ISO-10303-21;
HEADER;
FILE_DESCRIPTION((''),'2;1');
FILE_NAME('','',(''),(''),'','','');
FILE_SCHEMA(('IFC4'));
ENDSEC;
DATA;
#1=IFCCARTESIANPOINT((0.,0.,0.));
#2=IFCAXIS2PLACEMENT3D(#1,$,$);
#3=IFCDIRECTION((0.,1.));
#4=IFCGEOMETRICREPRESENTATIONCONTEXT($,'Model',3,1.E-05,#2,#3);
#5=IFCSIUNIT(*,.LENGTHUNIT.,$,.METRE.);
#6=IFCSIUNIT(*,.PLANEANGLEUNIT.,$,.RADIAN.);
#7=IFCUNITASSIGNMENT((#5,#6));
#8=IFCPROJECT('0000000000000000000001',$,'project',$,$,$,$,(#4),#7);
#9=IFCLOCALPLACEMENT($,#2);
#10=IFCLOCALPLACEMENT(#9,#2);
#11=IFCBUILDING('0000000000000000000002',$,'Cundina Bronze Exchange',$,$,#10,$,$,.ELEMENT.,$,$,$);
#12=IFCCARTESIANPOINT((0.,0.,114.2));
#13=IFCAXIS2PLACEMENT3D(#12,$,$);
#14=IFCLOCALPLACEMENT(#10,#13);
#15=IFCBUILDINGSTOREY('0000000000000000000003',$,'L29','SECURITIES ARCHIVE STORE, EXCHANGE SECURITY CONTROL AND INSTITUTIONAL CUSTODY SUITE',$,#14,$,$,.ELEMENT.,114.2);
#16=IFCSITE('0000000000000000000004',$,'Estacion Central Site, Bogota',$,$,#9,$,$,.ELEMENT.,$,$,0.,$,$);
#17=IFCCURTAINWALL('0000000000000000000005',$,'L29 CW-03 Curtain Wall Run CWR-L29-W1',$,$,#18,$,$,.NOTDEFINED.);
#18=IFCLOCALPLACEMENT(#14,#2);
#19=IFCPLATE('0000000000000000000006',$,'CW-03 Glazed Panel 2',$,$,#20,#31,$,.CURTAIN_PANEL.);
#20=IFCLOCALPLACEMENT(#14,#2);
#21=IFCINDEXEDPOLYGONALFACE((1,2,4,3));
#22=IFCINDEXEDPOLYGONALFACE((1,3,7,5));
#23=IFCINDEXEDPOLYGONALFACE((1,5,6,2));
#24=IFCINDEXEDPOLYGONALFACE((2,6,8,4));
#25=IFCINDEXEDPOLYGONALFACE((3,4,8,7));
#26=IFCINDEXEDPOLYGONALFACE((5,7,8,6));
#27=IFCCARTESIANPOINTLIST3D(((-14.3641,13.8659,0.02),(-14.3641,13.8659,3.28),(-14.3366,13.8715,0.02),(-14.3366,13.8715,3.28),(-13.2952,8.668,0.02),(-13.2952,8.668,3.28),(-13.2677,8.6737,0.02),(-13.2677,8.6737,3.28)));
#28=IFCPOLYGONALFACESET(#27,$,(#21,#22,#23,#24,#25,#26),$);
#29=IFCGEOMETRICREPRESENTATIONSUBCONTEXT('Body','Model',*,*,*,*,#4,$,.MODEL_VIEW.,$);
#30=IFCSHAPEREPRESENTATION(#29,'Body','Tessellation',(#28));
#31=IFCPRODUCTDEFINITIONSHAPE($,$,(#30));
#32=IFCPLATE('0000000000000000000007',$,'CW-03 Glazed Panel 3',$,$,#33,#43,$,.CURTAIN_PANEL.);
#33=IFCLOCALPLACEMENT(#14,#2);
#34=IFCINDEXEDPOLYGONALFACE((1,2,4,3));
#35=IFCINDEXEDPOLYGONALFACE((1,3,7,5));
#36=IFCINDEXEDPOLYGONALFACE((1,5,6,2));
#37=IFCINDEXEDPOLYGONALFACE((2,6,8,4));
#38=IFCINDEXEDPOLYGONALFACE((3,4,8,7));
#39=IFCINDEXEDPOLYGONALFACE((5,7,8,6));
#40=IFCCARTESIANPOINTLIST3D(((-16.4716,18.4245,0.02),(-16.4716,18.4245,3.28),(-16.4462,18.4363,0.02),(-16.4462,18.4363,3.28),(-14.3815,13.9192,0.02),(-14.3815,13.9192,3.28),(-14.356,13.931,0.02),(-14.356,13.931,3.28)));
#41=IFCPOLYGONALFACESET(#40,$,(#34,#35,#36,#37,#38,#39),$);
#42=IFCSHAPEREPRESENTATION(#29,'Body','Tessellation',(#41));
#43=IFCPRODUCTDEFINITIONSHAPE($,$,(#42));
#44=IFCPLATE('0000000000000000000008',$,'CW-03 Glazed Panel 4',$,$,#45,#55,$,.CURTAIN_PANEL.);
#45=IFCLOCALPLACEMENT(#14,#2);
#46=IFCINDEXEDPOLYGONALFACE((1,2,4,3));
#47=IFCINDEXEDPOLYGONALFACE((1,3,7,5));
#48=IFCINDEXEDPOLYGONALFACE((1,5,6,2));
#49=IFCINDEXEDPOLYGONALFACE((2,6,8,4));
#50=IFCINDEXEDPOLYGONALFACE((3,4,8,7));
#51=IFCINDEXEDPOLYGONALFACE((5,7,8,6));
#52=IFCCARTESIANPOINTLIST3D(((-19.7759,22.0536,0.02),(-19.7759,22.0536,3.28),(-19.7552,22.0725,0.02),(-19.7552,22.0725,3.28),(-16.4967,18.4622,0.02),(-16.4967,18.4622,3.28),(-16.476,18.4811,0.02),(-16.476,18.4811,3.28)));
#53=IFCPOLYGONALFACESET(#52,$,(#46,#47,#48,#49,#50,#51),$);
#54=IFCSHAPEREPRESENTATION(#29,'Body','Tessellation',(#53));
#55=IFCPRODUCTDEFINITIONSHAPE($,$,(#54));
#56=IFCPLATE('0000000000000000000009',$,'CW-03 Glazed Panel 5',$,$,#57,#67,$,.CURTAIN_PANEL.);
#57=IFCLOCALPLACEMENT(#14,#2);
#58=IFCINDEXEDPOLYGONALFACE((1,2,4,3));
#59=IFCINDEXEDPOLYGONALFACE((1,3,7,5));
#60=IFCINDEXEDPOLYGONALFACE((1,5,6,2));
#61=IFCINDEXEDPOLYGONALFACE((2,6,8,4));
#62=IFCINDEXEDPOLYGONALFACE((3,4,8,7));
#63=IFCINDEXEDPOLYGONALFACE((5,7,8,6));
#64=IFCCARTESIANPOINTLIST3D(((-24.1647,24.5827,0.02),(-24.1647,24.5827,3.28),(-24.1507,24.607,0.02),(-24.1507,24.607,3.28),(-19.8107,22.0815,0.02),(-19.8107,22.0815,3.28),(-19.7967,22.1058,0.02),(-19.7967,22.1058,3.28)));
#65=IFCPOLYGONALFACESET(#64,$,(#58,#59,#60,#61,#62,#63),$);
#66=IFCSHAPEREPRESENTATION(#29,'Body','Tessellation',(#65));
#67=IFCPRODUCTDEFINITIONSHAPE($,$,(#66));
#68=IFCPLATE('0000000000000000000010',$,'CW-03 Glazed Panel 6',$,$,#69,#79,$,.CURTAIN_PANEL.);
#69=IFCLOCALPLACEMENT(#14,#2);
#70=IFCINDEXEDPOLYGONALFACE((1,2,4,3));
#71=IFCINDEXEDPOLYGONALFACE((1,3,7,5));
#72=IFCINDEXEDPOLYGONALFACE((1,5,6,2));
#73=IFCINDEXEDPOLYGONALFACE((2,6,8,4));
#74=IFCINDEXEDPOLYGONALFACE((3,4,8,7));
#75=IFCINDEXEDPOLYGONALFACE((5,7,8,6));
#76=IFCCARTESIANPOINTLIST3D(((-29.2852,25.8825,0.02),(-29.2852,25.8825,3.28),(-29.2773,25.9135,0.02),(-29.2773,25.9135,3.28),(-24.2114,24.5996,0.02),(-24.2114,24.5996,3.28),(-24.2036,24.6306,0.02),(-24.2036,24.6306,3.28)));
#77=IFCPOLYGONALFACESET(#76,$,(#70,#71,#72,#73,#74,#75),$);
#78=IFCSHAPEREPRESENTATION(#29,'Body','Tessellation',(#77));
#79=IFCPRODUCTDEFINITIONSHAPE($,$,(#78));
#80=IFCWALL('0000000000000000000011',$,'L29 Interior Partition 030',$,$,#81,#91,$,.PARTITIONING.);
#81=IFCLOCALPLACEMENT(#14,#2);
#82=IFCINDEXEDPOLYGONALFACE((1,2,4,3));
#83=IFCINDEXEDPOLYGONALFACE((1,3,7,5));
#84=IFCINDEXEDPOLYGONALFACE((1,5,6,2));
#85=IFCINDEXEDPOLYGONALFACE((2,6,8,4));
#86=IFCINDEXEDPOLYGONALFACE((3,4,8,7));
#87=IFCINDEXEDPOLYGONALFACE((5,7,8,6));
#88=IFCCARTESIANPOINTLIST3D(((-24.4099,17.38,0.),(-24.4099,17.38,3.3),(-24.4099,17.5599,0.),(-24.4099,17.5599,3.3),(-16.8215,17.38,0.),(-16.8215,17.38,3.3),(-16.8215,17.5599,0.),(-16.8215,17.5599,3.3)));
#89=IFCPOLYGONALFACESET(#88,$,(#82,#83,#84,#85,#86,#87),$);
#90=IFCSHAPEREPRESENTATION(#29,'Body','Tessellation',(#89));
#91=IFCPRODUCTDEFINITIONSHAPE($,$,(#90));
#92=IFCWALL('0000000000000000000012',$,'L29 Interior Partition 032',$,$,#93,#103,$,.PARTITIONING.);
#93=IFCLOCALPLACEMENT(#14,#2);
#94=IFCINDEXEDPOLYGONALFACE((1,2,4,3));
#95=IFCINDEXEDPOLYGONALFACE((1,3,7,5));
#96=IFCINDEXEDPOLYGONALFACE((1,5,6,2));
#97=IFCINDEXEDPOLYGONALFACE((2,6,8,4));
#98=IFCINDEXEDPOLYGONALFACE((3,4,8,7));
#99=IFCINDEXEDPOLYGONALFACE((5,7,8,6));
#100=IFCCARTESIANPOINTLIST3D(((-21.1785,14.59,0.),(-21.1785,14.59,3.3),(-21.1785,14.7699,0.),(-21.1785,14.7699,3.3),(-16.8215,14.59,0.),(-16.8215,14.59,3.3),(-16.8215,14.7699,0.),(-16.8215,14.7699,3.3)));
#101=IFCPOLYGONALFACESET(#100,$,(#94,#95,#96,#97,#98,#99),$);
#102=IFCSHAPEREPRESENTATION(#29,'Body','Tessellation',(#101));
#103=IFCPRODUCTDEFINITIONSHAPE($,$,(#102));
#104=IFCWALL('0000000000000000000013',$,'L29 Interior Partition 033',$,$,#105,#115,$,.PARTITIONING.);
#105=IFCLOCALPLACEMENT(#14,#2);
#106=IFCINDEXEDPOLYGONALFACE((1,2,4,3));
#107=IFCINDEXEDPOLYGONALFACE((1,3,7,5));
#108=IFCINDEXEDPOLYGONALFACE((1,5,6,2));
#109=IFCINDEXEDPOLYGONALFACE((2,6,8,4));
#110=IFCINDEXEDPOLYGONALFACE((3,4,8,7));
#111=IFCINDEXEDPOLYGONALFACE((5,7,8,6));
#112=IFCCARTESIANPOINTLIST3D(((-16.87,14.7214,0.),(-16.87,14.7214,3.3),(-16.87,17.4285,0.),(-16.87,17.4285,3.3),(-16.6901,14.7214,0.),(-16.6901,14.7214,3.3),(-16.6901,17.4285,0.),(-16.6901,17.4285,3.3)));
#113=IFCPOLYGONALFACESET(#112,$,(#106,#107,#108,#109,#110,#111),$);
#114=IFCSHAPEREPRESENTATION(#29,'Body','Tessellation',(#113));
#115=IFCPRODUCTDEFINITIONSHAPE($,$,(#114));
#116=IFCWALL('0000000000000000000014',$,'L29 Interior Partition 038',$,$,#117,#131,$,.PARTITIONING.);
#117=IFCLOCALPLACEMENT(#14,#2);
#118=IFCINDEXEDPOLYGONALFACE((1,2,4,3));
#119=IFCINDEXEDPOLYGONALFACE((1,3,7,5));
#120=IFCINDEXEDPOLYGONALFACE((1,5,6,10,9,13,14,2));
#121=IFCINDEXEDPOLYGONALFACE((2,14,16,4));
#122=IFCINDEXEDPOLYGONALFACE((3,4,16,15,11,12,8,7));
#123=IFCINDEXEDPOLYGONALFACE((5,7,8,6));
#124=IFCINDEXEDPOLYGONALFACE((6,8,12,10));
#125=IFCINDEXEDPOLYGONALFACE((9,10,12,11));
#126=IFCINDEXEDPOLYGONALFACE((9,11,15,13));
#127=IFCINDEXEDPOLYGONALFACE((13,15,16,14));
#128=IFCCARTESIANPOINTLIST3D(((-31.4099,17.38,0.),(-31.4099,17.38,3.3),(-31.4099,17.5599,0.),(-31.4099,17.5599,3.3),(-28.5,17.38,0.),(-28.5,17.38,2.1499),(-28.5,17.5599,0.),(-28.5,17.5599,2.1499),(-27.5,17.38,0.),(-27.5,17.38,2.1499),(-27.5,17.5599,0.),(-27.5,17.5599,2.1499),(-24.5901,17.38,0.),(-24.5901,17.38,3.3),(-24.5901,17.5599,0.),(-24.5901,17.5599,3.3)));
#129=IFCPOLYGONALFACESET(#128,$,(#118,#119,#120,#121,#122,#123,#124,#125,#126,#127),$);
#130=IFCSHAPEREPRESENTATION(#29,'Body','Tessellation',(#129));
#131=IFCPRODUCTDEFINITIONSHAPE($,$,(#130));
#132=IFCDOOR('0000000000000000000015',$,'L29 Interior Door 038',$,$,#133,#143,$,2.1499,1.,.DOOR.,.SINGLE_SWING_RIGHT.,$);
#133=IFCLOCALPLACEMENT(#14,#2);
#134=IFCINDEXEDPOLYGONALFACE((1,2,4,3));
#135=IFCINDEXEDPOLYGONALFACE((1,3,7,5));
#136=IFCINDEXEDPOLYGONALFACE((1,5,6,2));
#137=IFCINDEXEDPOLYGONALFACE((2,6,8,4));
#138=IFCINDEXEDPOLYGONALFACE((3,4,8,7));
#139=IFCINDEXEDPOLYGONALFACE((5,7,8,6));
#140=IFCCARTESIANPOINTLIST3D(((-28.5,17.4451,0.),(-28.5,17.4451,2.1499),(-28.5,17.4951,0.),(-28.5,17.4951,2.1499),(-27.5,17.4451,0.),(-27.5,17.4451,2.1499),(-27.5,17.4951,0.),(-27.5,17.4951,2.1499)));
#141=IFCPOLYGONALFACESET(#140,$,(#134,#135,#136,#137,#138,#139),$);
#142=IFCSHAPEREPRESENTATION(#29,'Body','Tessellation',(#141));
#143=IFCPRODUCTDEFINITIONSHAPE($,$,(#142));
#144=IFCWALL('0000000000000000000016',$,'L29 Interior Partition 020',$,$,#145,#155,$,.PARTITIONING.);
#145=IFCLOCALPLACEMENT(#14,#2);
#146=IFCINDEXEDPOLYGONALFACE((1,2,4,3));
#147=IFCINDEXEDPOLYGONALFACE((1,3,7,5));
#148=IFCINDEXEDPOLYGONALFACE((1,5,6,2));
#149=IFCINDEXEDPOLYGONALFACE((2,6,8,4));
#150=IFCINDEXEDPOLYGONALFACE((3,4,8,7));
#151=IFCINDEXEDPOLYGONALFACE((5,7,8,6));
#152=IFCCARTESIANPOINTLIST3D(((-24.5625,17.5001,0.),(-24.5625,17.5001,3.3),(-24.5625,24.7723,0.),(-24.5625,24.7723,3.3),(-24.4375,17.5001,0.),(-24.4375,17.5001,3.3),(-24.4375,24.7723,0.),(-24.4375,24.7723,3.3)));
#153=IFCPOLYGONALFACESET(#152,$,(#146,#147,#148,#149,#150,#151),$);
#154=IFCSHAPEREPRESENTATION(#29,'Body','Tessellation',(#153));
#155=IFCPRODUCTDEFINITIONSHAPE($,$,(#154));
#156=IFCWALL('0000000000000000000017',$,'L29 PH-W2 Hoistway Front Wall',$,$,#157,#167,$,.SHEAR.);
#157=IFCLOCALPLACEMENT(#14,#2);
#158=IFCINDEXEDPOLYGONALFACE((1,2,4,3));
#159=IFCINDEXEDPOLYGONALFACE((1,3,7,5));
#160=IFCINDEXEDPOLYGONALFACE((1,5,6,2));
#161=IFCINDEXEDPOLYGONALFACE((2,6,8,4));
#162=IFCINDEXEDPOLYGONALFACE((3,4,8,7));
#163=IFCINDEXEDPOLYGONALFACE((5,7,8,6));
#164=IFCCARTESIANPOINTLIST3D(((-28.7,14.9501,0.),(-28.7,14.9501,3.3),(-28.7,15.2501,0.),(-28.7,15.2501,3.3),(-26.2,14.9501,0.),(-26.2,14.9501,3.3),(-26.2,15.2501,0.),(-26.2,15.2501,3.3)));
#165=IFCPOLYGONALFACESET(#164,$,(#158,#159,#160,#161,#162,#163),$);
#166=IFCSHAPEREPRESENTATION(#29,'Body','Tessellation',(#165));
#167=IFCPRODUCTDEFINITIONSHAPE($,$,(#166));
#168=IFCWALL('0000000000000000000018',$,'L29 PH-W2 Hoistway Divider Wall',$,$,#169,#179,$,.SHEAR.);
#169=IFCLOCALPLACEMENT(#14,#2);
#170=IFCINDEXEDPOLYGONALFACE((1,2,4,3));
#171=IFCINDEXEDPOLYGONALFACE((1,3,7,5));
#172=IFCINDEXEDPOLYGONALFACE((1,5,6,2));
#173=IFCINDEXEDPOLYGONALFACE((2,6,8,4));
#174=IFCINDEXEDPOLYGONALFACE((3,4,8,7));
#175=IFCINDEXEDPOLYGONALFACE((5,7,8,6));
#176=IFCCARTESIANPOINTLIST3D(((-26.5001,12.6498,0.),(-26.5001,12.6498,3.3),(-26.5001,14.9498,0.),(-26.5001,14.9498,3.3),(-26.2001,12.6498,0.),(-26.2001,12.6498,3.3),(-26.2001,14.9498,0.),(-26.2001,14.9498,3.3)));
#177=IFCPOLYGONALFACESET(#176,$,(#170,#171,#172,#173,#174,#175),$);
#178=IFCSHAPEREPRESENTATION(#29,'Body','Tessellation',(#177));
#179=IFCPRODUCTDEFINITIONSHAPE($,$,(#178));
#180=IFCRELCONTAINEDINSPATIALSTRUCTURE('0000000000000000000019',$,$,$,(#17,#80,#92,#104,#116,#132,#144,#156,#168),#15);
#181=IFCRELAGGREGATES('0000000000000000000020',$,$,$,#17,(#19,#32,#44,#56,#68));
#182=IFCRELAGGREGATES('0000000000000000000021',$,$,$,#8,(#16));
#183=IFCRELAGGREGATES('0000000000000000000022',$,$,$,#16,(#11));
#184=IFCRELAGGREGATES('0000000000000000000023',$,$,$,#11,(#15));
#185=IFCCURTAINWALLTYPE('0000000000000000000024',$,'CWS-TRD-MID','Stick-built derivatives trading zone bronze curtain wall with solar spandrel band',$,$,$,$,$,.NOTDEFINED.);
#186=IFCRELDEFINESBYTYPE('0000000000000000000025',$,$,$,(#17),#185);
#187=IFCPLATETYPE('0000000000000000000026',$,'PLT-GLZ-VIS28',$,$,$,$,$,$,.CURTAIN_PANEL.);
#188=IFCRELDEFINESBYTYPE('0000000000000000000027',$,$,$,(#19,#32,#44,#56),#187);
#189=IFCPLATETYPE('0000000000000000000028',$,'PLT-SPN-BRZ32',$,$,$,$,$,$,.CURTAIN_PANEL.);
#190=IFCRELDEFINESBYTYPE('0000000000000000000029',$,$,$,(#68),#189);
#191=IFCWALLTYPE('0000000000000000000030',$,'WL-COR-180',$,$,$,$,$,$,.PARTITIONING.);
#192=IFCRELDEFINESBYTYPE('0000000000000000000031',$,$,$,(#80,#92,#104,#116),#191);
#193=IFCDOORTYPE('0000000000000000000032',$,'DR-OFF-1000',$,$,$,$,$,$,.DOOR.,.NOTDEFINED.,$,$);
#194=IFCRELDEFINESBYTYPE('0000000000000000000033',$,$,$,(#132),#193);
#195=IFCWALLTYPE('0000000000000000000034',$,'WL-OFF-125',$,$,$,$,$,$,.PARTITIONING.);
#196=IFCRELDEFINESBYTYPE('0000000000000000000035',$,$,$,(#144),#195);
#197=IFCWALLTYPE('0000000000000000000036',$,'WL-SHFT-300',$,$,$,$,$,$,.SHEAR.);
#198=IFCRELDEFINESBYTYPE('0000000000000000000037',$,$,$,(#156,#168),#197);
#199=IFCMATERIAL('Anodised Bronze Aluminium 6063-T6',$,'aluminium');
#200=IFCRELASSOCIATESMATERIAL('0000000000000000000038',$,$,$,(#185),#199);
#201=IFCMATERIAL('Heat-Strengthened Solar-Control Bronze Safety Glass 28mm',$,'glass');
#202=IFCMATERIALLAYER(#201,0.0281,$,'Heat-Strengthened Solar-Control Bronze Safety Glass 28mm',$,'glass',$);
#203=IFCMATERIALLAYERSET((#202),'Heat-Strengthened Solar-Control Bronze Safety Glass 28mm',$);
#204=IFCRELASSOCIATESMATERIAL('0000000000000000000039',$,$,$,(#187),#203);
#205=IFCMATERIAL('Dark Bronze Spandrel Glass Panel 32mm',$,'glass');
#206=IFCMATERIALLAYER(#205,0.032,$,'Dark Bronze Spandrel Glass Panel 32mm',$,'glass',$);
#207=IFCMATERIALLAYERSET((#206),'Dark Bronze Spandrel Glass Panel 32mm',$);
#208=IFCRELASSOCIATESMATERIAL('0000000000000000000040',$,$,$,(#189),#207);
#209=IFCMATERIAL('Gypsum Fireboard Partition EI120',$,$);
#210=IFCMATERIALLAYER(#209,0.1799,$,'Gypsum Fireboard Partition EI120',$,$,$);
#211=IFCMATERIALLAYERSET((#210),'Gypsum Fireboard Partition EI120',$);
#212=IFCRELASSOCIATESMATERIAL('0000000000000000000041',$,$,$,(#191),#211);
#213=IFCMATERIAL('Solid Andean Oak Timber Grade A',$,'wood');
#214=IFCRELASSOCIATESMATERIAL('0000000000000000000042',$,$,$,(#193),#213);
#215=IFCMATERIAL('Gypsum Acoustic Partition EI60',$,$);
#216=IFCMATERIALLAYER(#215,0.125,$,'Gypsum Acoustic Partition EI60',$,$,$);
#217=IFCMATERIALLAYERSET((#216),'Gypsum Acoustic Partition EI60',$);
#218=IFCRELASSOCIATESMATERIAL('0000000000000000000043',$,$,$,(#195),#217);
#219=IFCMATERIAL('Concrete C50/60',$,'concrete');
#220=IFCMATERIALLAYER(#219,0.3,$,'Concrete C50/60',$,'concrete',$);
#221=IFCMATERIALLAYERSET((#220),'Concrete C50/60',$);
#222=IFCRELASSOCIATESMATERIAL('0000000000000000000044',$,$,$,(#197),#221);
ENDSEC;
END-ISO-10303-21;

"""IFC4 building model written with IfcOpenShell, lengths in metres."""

from ifc_helpers import new_model, si_unit, direction, frame, frame_2d, origin, origin_2d, place, context, subcontext, project, spatial, rectangle, extrude, material, layer, layer_set, type_object, element, fill, aggregate, save


model = new_model("IFC4")

# Units and contexts
model_context = context("Model", 3, precision=1e-05, world=origin(), true_north=direction((0.0, 1.0)))
body_context = subcontext(model_context, "Body", "Model", "MODEL_VIEW")
ifc_project = project(units=[si_unit("LENGTHUNIT", "METRE"), si_unit("PLANEANGLEUNIT", "RADIAN")], contexts=[model_context])

# Site, building, storey
site_placement = place(None, origin())
site = spatial("IfcSite", under=ifc_project, at=site_placement, Name="Estacion Central Site, Bogota", CompositionType="ELEMENT", RefElevation=0.0)
building_placement = place(site_placement, origin())
building = spatial("IfcBuilding", under=site, at=building_placement, Name="Cundina Bronze Exchange", CompositionType="ELEMENT")
storey_placement = place(building_placement, frame((0.0, 0.0, 114.2)))
storey = spatial("IfcBuildingStorey", under=building, at=storey_placement, Name="L29", Description="SECURITIES ARCHIVE STORE, EXCHANGE SECURITY CONTROL AND INSTITUTIONAL CUSTODY SUITE", CompositionType="ELEMENT", Elevation=114.2)

# Curtain wall, plates
ifc_material_1 = material(Name="Anodised Bronze Aluminium 6063-T6", Category="aluminium")
curtain_wall_type = type_object("IfcCurtainWallType", Name="CWS-TRD-MID", Description="Stick-built derivatives trading zone bronze curtain wall with solar spandrel band", PredefinedType="NOTDEFINED", material=ifc_material_1)
curtain_wall_placement = place(storey_placement, origin())
curtain_wall = element("IfcCurtainWall", 1, at=curtain_wall_placement, inside=storey, type_object=curtain_wall_type, Name="L29 CW-03 Curtain Wall Run CWR-L29-W1", PredefinedType="NOTDEFINED")
ifc_material_2 = material(Name="Heat-Strengthened Solar-Control Bronze Safety Glass 28mm", Category="glass")
ifc_layer_1 = layer(ifc_material_2, 0.0281, Name="Heat-Strengthened Solar-Control Bronze Safety Glass 28mm", Category="glass")
ifc_layer_set_1 = layer_set([ifc_layer_1], Name="Heat-Strengthened Solar-Control Bronze Safety Glass 28mm")
plate_type_1 = type_object("IfcPlateType", Name="PLT-GLZ-VIS28", PredefinedType="CURTAIN_PANEL", material=ifc_layer_set_1)
plate_1_placement = place(storey_placement, frame((-13.8159, 11.2698, 0.02), z_axis=(0.0, 0.0, 1.0), x_axis=(-0.20142, 0.979505, 0.0)))
plate_1 = element("IfcPlate", 2, at=plate_1_placement, type_object=plate_type_1, Name="CW-03 Glazed Panel 2", PredefinedType="CURTAIN_PANEL", context=body_context, shape_type="SweptSolid", body=[
    extrude(rectangle(XDim=5.3066, YDim=0.0281, at=origin_2d()), origin(), (0.0, 0.0, 1.0), 3.26),
])
plate_2_placement = place(storey_placement, frame((-15.4138, 16.1777, 0.02), z_axis=(0.0, 0.0, 1.0), x_axis=(-0.420846, 0.907132, 0.0)))
plate_2 = element("IfcPlate", 3, at=plate_2_placement, type_object=plate_type_1, Name="CW-03 Glazed Panel 3", PredefinedType="CURTAIN_PANEL", context=body_context, shape_type="SweptSolid", body=[
    extrude(rectangle(XDim=4.9666, YDim=0.0281, at=origin_2d()), origin(), (0.0, 0.0, 1.0), 3.26),
])
plate_3_placement = place(storey_placement, frame((-18.126, 20.2673, 0.02), z_axis=(0.0, 0.0, 1.0), x_axis=(-0.674277, 0.738479, 0.0)))
plate_3 = element("IfcPlate", 4, at=plate_3_placement, type_object=plate_type_1, Name="CW-03 Glazed Panel 4", PredefinedType="CURTAIN_PANEL", context=body_context, shape_type="SweptSolid", body=[
    extrude(rectangle(XDim=4.8633, YDim=0.0281, at=origin_2d()), origin(), (0.0, 0.0, 1.0), 3.26),
])
plate_4_placement = place(storey_placement, frame((-21.9807, 23.3442, 0.02), z_axis=(0.0, 0.0, 1.0), x_axis=(-0.867105, 0.498125, 0.0)))
plate_4 = element("IfcPlate", 5, at=plate_4_placement, type_object=plate_type_1, Name="CW-03 Glazed Panel 5", PredefinedType="CURTAIN_PANEL", context=body_context, shape_type="SweptSolid", body=[
    extrude(rectangle(XDim=5.0212, YDim=0.0281, at=origin_2d()), origin(), (0.0, 0.0, 1.0), 3.26),
])
ifc_material_3 = material(Name="Dark Bronze Spandrel Glass Panel 32mm", Category="glass")
ifc_layer_2 = layer(ifc_material_3, 0.032, Name="Dark Bronze Spandrel Glass Panel 32mm", Category="glass")
ifc_layer_set_2 = layer_set([ifc_layer_2], Name="Dark Bronze Spandrel Glass Panel 32mm")
plate_type_2 = type_object("IfcPlateType", Name="PLT-SPN-BRZ32", PredefinedType="CURTAIN_PANEL", material=ifc_layer_set_2)
plate_5_placement = place(storey_placement, frame((-26.7444, 25.2566, 0.02), z_axis=(0.0, 0.0, 1.0), x_axis=(-0.969488, 0.245138, 0.0)))
plate_5 = element("IfcPlate", 6, at=plate_5_placement, type_object=plate_type_2, Name="CW-03 Glazed Panel 6", PredefinedType="CURTAIN_PANEL", context=body_context, shape_type="SweptSolid", body=[
    extrude(rectangle(XDim=5.2334, YDim=0.032, at=origin_2d()), origin(), (0.0, 0.0, 1.0), 3.26),
])
aggregate(curtain_wall, [plate_1, plate_2, plate_3, plate_4, plate_5])

# Walls
ifc_material_4 = material(Name="Gypsum Fireboard Partition EI120")
ifc_layer_3 = layer(ifc_material_4, 0.1799, Name="Gypsum Fireboard Partition EI120")
ifc_layer_set_3 = layer_set([ifc_layer_3], Name="Gypsum Fireboard Partition EI120")
wall_type_1 = type_object("IfcWallType", Name="WL-COR-180", PredefinedType="PARTITIONING", material=ifc_layer_set_3)
wall_1_placement = place(storey_placement, frame((-16.8215, 17.47, 0.0), z_axis=(0.0, 0.0, 1.0), x_axis=(-1.0, 0.0, 0.0)))
element("IfcWall", 7, at=wall_1_placement, inside=storey, type_object=wall_type_1, Name="L29 Interior Partition 030", PredefinedType="PARTITIONING", context=body_context, shape_type="SweptSolid", body=[
    extrude(rectangle(XDim=7.5884, YDim=0.1799, at=frame_2d((3.7942, 0.0))), origin(), (0.0, 0.0, 1.0), 3.3),
])
wall_2_placement = place(storey_placement, frame((-21.1785, 14.6799, 0.0), z_axis=(0.0, 0.0, 1.0), x_axis=(1.0, 0.0, 0.0)))
element("IfcWall", 8, at=wall_2_placement, inside=storey, type_object=wall_type_1, Name="L29 Interior Partition 032", PredefinedType="PARTITIONING", context=body_context, shape_type="SweptSolid", body=[
    extrude(rectangle(XDim=4.3569, YDim=0.1799, at=frame_2d((2.1785, 0.0))), origin(), (0.0, 0.0, 1.0), 3.3),
])
wall_3_placement = place(storey_placement, frame((-16.78, 14.7214, 0.0), z_axis=(0.0, 0.0, 1.0), x_axis=(0.0, 1.0, 0.0)))
element("IfcWall", 9, at=wall_3_placement, inside=storey, type_object=wall_type_1, Name="L29 Interior Partition 033", PredefinedType="PARTITIONING", context=body_context, shape_type="SweptSolid", body=[
    extrude(rectangle(XDim=2.707, YDim=0.1799, at=frame_2d((1.3535, 0.0))), origin(), (0.0, 0.0, 1.0), 3.3),
])

# Wall, opening, door
wall_4_placement = place(storey_placement, frame((-24.5901, 17.47, 0.0), z_axis=(0.0, 0.0, 1.0), x_axis=(-1.0, 0.0, 0.0)))
wall_4 = element("IfcWall", 10, at=wall_4_placement, inside=storey, type_object=wall_type_1, Name="L29 Interior Partition 038", PredefinedType="PARTITIONING", context=body_context, shape_type="SweptSolid", body=[
    extrude(rectangle(XDim=6.8198, YDim=0.1799, at=frame_2d((3.4099, 0.0))), origin(), (0.0, 0.0, 1.0), 3.3),
])
opening_1_placement = place(wall_4_placement, frame((2.9099, 0.0, 0.0)))
opening_1 = element("IfcOpeningElement", 11, at=opening_1_placement, cuts=wall_4, PredefinedType="OPENING", context=body_context, shape_type="SweptSolid", body=[
    extrude(rectangle(XDim=1.0, YDim=2.1499, at=frame_2d((0.5, 1.075))), frame((0.0, 0.0999, 0.0), z_axis=(0.0, -1.0, 0.0), x_axis=(1.0, 0.0, 0.0)), (0.0, 0.0, 1.0), 0.2),
])
ifc_material_5 = material(Name="Solid Andean Oak Timber Grade A", Category="wood")
door_type_1 = type_object("IfcDoorType", Name="DR-OFF-1000", OperationType="NOTDEFINED", PredefinedType="DOOR", material=ifc_material_5)
door_1_placement = place(opening_1_placement, origin())
door_1 = element("IfcDoor", 12, at=door_1_placement, inside=storey, type_object=door_type_1, Name="L29 Interior Door 038", OperationType="SINGLE_SWING_RIGHT", OverallHeight=2.1499, OverallWidth=1.0, PredefinedType="DOOR", context=body_context, shape_type="SweptSolid", body=[
    extrude(rectangle(XDim=1.0, YDim=2.1499, at=frame_2d((0.5, 1.075))), frame((0.0, 0.0249, 0.0), z_axis=(0.0, -1.0, 0.0), x_axis=(1.0, 0.0, 0.0)), (0.0, 0.0, 1.0), 0.05),
])
fill(opening_1, door_1)

# Wall
ifc_material_6 = material(Name="Gypsum Acoustic Partition EI60")
ifc_layer_4 = layer(ifc_material_6, 0.125, Name="Gypsum Acoustic Partition EI60")
ifc_layer_set_4 = layer_set([ifc_layer_4], Name="Gypsum Acoustic Partition EI60")
wall_type_2 = type_object("IfcWallType", Name="WL-OFF-125", PredefinedType="PARTITIONING", material=ifc_layer_set_4)
wall_5_placement = place(storey_placement, frame((-24.5, 17.5, 0.0), z_axis=(0.0, 0.0, 1.0), x_axis=(0.0, 1.0, 0.0)))
element("IfcWall", 13, at=wall_5_placement, inside=storey, type_object=wall_type_2, Name="L29 Interior Partition 020", PredefinedType="PARTITIONING", context=body_context, shape_type="SweptSolid", body=[
    extrude(rectangle(XDim=7.2722, YDim=0.125, at=frame_2d((3.6362, 0.0))), origin(), (0.0, 0.0, 1.0), 3.3),
])

# Shared definitions
ifc_material_7 = material(Name="Concrete C50/60", Category="concrete")
ifc_layer_5 = layer(ifc_material_7, 0.3, Name="Concrete C50/60", Category="concrete")
ifc_layer_set_5 = layer_set([ifc_layer_5], Name="Concrete C50/60")
wall_type_3 = type_object("IfcWallType", Name="WL-SHFT-300", PredefinedType="SHEAR", material=ifc_layer_set_5)

# Walls
wall_6_placement = place(storey_placement, frame((-28.7, 15.1001, 0.0), z_axis=(0.0, 0.0, 1.0), x_axis=(1.0, 0.0, 0.0)))
element("IfcWall", 14, at=wall_6_placement, inside=storey, type_object=wall_type_3, Name="L29 PH-W2 Hoistway Front Wall", PredefinedType="SHEAR", context=body_context, shape_type="SweptSolid", body=[
    extrude(rectangle(XDim=2.5, YDim=0.3, at=frame_2d((1.25, 0.0))), origin(), (0.0, 0.0, 1.0), 3.3),
])
wall_7_placement = place(storey_placement, frame((-26.3501, 12.6499, 0.0), z_axis=(0.0, 0.0, 1.0), x_axis=(0.0, 1.0, 0.0)))
element("IfcWall", 15, at=wall_7_placement, inside=storey, type_object=wall_type_3, Name="L29 PH-W2 Hoistway Divider Wall", PredefinedType="SHEAR", context=body_context, shape_type="SweptSolid", body=[
    extrude(rectangle(XDim=2.3, YDim=0.3, at=frame_2d((1.1499, 0.0))), origin(), (0.0, 0.0, 1.0), 3.3),
])

save(model, "model.ifc")
